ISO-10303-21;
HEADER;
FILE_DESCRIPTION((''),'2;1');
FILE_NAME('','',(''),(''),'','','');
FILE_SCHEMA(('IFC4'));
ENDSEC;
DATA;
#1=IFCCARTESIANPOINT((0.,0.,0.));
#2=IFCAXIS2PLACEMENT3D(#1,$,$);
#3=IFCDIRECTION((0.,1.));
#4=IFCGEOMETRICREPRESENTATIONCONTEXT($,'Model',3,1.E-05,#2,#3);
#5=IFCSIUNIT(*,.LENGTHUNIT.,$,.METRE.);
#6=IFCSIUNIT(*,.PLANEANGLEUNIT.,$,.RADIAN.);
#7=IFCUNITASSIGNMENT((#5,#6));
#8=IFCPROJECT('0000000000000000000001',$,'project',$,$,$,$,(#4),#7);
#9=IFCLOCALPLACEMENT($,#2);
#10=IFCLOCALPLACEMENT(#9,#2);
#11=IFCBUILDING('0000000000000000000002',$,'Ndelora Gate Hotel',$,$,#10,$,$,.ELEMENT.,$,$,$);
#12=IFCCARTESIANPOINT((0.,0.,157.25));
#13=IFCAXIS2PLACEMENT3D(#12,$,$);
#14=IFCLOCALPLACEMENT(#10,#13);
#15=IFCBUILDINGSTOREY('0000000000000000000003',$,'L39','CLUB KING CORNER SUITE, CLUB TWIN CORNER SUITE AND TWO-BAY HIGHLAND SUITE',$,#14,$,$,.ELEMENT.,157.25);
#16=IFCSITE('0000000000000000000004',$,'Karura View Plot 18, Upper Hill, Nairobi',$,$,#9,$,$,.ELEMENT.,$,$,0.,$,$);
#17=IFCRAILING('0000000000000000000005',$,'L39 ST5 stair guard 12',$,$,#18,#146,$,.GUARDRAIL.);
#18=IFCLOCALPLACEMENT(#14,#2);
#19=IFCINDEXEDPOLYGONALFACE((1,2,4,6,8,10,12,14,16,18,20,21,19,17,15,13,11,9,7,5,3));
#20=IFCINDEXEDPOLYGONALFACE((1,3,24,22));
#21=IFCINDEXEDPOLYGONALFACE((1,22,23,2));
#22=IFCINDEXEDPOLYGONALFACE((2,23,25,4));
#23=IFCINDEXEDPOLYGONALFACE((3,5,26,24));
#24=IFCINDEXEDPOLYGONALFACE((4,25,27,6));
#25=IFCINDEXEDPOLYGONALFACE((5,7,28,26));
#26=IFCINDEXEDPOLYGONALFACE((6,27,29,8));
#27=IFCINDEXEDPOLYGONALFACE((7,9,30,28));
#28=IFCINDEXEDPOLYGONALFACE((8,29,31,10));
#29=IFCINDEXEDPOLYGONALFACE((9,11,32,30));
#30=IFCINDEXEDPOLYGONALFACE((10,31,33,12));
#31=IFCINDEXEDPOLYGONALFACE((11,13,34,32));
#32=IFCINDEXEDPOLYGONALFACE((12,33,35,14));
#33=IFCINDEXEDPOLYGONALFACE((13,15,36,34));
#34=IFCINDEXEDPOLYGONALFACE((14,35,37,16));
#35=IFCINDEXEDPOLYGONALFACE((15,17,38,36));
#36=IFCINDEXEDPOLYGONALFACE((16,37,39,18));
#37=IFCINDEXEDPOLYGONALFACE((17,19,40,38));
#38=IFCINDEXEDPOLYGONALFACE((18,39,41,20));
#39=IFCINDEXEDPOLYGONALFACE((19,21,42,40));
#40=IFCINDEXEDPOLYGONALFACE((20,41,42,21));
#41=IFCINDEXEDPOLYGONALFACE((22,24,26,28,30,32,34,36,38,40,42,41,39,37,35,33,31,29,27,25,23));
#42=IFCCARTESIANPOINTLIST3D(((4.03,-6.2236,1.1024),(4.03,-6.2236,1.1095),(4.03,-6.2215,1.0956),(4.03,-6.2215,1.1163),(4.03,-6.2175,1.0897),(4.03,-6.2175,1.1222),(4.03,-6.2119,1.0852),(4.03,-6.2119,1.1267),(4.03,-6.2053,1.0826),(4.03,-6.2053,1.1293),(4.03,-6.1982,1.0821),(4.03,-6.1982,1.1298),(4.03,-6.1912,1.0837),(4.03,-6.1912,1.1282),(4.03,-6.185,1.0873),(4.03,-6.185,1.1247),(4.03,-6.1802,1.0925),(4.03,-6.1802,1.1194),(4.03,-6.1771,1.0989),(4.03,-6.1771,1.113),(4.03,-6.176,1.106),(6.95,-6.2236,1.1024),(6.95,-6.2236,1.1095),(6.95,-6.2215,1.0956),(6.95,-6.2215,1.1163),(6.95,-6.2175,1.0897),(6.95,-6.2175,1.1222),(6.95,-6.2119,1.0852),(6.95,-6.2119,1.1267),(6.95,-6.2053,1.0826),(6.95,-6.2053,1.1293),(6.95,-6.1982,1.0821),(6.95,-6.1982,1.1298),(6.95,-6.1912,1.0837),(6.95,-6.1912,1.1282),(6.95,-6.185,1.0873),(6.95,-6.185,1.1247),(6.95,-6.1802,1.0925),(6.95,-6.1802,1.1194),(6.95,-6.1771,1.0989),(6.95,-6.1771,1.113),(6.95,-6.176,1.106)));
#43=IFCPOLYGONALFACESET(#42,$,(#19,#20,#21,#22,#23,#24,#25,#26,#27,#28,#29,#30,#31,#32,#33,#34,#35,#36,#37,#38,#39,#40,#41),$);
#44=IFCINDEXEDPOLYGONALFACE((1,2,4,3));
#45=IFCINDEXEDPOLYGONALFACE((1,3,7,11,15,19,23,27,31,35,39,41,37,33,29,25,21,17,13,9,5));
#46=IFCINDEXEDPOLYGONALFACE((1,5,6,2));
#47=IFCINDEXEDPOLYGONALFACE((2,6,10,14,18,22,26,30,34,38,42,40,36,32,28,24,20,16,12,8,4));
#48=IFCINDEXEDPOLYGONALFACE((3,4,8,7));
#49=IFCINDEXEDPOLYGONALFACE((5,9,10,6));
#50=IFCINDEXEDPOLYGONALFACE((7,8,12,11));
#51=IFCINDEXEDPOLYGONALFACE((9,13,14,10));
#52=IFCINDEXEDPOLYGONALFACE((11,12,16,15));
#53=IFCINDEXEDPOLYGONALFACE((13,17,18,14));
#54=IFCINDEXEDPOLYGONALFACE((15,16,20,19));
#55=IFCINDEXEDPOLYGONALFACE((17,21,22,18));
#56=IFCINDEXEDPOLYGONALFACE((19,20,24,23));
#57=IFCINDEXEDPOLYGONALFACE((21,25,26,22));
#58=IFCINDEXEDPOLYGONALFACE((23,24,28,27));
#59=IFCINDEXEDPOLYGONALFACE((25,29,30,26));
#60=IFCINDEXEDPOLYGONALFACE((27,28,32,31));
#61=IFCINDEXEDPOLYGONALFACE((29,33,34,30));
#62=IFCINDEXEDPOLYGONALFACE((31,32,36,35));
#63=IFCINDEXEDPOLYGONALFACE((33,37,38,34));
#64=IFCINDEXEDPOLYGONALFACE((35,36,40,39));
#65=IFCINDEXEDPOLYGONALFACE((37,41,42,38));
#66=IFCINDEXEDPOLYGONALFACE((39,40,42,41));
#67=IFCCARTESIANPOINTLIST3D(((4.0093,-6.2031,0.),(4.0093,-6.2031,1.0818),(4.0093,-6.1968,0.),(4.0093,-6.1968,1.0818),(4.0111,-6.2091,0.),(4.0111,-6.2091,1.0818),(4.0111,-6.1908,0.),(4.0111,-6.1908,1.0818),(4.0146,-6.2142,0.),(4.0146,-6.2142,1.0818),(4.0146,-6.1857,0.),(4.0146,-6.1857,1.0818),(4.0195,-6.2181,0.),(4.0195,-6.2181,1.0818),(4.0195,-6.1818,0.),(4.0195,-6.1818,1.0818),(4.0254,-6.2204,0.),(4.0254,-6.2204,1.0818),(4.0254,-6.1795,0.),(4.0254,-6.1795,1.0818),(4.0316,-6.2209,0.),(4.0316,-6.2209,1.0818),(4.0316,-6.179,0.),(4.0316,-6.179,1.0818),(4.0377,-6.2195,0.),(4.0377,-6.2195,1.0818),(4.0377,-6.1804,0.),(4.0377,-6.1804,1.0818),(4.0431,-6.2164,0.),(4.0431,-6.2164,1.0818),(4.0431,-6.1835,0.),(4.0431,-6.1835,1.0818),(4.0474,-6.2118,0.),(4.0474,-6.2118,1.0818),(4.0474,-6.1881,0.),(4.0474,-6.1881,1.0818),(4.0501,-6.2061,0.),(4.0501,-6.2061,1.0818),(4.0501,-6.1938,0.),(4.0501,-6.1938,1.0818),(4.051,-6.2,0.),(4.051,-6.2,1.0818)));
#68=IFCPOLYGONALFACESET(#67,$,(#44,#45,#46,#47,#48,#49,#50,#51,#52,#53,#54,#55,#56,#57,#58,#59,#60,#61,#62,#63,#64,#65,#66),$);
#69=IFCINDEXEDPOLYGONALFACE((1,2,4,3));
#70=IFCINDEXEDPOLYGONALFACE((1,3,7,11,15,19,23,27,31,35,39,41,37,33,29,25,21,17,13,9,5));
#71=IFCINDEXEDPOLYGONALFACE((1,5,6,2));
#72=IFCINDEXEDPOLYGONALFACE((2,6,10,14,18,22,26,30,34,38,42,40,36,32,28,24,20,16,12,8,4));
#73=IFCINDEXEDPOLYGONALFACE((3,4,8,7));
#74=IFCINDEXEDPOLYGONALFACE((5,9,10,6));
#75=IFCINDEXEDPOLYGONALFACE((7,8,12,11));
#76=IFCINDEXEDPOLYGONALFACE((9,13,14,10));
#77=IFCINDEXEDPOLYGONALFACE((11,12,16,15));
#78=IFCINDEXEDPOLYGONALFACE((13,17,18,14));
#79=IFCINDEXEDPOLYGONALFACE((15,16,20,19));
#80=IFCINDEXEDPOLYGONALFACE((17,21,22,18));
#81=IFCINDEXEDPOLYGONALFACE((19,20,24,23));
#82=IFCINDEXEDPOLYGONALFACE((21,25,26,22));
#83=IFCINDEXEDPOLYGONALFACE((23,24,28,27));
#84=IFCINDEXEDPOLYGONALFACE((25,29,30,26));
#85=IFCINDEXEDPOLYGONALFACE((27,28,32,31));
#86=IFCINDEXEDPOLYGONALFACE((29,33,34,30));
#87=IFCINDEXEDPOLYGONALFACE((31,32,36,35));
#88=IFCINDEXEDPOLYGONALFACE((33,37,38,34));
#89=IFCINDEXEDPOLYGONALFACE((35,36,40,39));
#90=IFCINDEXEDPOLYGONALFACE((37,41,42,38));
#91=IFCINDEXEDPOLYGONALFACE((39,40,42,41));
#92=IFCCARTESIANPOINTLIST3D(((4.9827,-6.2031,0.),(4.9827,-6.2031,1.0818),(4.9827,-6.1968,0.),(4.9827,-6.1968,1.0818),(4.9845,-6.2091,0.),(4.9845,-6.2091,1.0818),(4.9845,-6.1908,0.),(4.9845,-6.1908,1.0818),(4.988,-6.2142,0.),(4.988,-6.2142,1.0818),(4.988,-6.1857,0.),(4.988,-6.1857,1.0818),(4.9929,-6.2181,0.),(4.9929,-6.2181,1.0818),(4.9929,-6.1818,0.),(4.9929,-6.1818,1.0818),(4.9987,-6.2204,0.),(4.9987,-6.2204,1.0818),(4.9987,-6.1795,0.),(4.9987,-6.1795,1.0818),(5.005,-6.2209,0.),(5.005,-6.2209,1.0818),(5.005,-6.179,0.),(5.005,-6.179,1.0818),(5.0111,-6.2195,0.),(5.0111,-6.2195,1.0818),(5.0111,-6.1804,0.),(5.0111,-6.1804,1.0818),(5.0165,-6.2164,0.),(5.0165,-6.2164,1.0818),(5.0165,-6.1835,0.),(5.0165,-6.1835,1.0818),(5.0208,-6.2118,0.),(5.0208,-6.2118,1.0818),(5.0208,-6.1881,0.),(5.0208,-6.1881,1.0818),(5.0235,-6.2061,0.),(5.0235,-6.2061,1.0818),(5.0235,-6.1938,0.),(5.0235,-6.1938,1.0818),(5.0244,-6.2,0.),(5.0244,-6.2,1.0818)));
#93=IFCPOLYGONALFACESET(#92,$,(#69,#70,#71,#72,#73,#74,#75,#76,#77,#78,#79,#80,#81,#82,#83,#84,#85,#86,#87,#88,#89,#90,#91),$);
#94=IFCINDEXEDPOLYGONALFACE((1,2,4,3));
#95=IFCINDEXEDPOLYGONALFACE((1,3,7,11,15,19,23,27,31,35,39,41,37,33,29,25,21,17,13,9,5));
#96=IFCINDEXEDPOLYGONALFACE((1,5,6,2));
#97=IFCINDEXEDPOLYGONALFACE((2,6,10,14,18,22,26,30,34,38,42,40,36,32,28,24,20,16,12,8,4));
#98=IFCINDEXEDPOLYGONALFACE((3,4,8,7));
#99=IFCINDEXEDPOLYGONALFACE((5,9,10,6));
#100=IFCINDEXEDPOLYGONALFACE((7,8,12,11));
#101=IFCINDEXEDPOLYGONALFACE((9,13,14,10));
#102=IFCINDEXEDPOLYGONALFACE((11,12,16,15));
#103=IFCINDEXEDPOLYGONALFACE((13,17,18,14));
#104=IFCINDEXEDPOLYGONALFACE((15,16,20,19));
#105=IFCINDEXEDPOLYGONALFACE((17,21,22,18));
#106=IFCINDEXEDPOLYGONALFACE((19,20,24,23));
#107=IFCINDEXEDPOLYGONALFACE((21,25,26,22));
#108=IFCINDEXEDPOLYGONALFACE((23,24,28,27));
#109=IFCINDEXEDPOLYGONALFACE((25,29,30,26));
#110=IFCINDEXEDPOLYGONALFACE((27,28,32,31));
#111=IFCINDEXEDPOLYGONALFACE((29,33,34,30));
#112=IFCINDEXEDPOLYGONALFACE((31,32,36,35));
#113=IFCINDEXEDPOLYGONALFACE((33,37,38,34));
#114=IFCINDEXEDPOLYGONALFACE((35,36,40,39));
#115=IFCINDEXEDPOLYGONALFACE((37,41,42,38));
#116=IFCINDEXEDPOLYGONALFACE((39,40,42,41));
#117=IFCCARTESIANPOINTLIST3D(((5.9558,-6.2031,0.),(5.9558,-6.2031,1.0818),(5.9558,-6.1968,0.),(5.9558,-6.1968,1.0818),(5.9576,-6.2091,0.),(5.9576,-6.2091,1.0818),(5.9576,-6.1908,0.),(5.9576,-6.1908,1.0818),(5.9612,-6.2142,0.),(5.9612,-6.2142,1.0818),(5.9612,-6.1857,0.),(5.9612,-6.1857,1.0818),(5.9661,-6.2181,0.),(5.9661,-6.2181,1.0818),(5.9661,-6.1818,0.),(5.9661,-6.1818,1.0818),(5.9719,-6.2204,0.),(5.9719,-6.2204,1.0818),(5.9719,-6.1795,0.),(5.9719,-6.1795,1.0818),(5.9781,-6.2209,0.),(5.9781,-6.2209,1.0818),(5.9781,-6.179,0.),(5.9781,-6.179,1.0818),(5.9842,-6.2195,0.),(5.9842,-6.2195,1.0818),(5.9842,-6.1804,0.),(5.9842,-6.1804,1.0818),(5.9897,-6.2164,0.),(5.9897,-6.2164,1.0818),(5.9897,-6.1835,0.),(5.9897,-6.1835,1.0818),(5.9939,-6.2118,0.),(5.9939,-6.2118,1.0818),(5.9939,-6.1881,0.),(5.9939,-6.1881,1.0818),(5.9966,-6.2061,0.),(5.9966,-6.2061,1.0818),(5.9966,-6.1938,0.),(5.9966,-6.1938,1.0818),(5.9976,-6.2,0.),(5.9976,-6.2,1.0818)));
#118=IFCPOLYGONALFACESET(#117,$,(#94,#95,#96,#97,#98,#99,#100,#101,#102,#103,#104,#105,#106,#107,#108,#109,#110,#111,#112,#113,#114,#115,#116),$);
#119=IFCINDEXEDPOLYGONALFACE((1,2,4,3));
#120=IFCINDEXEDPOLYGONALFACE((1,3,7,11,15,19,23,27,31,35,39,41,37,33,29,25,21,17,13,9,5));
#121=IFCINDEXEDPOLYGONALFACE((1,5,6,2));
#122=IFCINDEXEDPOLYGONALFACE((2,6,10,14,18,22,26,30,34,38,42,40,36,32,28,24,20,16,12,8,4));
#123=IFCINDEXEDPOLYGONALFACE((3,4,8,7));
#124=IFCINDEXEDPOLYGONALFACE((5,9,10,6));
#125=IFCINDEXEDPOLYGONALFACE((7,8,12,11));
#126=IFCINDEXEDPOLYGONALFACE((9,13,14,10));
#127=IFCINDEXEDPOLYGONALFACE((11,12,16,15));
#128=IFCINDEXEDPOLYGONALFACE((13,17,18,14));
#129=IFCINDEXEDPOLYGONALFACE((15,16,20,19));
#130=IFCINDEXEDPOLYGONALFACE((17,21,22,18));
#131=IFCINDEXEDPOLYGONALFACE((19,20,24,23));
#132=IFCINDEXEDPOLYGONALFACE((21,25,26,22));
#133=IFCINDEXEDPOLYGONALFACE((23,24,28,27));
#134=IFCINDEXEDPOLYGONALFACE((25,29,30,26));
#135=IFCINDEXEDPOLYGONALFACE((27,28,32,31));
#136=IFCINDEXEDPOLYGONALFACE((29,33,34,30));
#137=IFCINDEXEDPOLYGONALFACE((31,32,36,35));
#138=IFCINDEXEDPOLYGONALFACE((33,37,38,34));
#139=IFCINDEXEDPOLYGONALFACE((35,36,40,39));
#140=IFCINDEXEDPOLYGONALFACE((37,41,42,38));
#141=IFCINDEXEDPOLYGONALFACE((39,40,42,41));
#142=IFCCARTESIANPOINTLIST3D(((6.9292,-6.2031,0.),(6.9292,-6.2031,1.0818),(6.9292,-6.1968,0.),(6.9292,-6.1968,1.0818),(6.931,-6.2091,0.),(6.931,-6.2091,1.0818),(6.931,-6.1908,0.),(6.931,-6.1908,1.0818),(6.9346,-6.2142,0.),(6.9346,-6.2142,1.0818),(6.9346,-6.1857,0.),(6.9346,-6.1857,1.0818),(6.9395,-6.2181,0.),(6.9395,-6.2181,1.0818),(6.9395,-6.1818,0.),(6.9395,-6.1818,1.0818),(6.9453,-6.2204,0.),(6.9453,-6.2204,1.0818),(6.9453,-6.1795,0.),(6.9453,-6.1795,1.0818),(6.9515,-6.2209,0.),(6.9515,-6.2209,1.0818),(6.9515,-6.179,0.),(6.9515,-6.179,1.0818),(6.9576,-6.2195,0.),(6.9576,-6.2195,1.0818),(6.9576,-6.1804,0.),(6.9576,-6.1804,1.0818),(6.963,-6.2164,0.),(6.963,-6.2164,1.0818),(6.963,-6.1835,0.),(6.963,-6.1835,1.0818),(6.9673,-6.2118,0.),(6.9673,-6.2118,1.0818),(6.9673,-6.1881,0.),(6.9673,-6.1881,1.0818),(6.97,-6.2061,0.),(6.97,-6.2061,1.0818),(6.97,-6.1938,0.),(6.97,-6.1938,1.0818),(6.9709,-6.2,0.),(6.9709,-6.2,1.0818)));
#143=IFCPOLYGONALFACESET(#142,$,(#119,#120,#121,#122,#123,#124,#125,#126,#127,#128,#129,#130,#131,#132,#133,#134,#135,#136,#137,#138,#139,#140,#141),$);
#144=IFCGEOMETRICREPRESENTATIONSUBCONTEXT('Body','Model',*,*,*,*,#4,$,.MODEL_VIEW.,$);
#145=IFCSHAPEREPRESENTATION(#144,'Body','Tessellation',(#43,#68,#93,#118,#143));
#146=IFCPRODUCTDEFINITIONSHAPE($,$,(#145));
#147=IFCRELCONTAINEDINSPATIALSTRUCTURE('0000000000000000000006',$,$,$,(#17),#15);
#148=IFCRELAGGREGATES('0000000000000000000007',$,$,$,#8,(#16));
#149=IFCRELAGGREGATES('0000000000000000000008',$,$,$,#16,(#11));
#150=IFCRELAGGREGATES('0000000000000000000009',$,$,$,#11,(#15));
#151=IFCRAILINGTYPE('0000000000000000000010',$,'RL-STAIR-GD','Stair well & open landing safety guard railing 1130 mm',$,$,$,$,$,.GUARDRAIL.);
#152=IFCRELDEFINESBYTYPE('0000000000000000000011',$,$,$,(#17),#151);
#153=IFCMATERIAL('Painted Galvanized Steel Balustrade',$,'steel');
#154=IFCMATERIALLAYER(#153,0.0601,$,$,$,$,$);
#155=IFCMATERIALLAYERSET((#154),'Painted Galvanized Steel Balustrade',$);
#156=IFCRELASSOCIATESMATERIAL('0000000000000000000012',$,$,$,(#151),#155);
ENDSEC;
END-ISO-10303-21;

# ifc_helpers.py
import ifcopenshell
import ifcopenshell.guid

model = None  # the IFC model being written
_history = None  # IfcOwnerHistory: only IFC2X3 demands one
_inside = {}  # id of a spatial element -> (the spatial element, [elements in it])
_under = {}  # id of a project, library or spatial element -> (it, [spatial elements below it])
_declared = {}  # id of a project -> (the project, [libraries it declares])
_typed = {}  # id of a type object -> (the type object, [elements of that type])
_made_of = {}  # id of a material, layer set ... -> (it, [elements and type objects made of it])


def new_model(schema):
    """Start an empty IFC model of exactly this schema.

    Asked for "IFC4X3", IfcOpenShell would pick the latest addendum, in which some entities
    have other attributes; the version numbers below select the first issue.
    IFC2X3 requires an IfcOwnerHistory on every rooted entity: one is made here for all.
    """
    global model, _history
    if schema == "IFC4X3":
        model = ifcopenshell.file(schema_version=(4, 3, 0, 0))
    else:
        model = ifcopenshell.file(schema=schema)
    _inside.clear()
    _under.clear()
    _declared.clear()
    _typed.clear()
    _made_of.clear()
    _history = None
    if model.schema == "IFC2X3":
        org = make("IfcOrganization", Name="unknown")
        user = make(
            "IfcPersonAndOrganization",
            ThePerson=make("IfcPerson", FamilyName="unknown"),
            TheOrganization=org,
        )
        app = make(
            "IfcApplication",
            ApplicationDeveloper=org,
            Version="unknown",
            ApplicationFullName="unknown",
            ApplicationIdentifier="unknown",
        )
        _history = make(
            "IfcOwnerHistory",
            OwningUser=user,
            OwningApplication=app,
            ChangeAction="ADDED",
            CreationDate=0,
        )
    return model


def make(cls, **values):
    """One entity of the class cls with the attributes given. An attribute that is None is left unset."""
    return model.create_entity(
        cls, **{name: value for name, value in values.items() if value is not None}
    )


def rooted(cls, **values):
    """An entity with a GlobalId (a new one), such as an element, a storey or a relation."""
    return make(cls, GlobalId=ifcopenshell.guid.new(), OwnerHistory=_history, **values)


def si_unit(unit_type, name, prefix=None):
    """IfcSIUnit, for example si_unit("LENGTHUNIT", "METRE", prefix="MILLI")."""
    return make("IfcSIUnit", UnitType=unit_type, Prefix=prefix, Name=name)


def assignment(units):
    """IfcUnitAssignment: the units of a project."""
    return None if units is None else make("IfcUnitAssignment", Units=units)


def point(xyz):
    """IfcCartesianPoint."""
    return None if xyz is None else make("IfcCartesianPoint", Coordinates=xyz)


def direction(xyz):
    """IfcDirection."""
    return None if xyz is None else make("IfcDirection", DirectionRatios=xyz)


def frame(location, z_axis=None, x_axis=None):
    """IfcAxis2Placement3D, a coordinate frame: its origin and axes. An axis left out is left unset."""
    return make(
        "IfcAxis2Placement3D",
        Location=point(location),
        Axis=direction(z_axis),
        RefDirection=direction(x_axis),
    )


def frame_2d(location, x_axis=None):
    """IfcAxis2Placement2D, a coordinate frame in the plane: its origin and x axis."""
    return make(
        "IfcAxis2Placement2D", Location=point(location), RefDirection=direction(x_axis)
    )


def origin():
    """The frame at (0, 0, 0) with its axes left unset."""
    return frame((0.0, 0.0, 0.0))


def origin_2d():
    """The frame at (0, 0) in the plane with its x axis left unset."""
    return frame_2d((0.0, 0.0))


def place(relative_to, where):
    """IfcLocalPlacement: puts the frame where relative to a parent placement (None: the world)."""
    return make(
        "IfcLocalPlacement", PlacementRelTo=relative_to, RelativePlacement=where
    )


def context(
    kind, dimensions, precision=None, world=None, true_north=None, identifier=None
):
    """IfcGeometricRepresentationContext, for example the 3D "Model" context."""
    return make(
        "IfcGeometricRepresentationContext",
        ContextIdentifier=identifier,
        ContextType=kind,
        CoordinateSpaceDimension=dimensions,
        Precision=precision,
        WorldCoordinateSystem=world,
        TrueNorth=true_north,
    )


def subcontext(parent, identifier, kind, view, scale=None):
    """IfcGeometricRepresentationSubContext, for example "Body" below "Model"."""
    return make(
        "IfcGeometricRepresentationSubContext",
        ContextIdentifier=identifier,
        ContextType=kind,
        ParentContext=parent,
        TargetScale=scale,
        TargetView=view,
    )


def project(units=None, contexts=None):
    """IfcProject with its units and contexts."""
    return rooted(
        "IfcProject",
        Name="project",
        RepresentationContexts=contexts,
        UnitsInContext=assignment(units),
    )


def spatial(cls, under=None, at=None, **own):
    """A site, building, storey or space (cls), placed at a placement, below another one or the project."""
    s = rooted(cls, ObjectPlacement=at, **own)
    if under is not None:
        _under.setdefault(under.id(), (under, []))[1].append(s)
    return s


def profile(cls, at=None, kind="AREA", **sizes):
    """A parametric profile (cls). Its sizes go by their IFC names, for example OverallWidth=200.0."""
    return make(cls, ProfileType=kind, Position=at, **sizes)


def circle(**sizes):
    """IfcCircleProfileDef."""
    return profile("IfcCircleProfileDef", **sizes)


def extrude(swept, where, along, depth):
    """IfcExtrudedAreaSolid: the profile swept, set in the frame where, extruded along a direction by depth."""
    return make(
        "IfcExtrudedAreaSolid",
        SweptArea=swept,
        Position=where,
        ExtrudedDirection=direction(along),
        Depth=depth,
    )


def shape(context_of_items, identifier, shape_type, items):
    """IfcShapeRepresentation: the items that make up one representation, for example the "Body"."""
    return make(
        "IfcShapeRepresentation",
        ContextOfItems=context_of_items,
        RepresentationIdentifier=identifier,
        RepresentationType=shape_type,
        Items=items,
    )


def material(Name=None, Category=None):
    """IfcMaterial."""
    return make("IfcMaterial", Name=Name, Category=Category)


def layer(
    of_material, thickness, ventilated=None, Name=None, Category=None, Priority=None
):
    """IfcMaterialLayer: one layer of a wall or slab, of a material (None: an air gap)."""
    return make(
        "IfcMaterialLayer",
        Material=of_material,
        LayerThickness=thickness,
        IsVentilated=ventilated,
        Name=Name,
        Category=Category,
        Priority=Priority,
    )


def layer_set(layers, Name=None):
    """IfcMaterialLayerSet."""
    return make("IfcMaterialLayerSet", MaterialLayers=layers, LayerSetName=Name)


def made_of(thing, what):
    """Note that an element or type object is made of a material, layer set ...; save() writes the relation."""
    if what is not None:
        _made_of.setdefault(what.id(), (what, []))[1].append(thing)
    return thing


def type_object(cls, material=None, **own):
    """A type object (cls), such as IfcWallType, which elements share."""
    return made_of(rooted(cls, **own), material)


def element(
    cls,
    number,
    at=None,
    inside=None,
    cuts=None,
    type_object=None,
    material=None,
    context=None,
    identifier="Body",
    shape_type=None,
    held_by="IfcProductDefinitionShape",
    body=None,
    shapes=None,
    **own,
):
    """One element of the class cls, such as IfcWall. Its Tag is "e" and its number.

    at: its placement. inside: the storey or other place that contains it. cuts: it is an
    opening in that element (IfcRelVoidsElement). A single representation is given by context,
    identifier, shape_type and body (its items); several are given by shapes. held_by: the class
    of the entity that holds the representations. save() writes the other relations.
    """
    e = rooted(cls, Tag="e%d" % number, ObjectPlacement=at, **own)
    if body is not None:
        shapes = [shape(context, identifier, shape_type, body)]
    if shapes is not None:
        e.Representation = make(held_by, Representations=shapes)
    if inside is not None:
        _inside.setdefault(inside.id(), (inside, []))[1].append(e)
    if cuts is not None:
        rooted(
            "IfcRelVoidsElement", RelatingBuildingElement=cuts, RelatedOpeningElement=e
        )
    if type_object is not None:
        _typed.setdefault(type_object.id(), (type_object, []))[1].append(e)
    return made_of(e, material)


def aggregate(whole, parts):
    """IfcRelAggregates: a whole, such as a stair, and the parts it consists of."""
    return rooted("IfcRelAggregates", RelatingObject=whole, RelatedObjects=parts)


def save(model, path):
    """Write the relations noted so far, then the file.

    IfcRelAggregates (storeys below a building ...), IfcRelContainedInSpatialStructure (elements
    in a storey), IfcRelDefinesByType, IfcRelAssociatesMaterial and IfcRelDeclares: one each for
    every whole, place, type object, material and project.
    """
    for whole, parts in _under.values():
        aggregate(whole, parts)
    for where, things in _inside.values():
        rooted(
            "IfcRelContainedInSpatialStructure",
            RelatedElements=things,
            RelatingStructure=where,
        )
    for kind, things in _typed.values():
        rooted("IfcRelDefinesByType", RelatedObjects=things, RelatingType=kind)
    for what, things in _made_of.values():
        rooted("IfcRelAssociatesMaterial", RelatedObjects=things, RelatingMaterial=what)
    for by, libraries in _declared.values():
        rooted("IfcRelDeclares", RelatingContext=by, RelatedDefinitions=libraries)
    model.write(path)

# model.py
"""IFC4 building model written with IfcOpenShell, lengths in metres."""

from ifc_helpers import new_model, si_unit, direction, frame, origin, origin_2d, place, context, subcontext, project, spatial, circle, extrude, material, layer, layer_set, type_object, element, save


model = new_model("IFC4")

# Units and contexts
model_context = context("Model", 3, precision=1e-05, world=origin(), true_north=direction((0.0, 1.0)))
body_context = subcontext(model_context, "Body", "Model", "MODEL_VIEW")
ifc_project = project(units=[si_unit("LENGTHUNIT", "METRE"), si_unit("PLANEANGLEUNIT", "RADIAN")], contexts=[model_context])

# Site, building, storey
site_placement = place(None, origin())
site = spatial("IfcSite", under=ifc_project, at=site_placement, Name="Karura View Plot 18, Upper Hill, Nairobi", CompositionType="ELEMENT", RefElevation=0.0)
building_placement = place(site_placement, origin())
building = spatial("IfcBuilding", under=site, at=building_placement, Name="Ndelora Gate Hotel", CompositionType="ELEMENT")
storey_placement = place(building_placement, frame((0.0, 0.0, 157.25)))
storey = spatial("IfcBuildingStorey", under=building, at=storey_placement, Name="L39", Description="CLUB KING CORNER SUITE, CLUB TWIN CORNER SUITE AND TWO-BAY HIGHLAND SUITE", CompositionType="ELEMENT", Elevation=157.25)

# Railing
ifc_material_1 = material(Name="Painted Galvanized Steel Balustrade", Category="steel")
ifc_layer_1 = layer(ifc_material_1, 0.0601)
ifc_layer_set_1 = layer_set([ifc_layer_1], Name="Painted Galvanized Steel Balustrade")
railing_type_1 = type_object("IfcRailingType", Name="RL-STAIR-GD", Description="Stair well & open landing safety guard railing 1130 mm", PredefinedType="GUARDRAIL", material=ifc_layer_set_1)
railing_1_placement = place(storey_placement, frame((4.03, -6.2, 0.0)))
element("IfcRailing", 1, at=railing_1_placement, inside=storey, type_object=railing_type_1, Name="L39 ST5 stair guard 12", PredefinedType="GUARDRAIL", context=body_context, shape_type="SweptSolid", body=[
    extrude(circle(Radius=0.0239, at=origin_2d()), frame((0.0, 0.0, 1.106), z_axis=(1.0, 0.0, 0.0), x_axis=(0.0, 1.0, 0.0)), (0.0, 0.0, 1.0), 2.9199),
    extrude(circle(Radius=0.021, at=origin_2d()), origin(), (0.0, 0.0, 1.0), 1.0818),
    extrude(circle(Radius=0.021, at=origin_2d()), frame((0.9734, 0.0, 0.0)), (0.0, 0.0, 1.0), 1.0818),
    extrude(circle(Radius=0.021, at=origin_2d()), frame((1.9465, 0.0, 0.0)), (0.0, 0.0, 1.0), 1.0818),
    extrude(circle(Radius=0.021, at=origin_2d()), frame((2.9199, 0.0, 0.0)), (0.0, 0.0, 1.0), 1.0818),
])

save(model, "model.ifc")
